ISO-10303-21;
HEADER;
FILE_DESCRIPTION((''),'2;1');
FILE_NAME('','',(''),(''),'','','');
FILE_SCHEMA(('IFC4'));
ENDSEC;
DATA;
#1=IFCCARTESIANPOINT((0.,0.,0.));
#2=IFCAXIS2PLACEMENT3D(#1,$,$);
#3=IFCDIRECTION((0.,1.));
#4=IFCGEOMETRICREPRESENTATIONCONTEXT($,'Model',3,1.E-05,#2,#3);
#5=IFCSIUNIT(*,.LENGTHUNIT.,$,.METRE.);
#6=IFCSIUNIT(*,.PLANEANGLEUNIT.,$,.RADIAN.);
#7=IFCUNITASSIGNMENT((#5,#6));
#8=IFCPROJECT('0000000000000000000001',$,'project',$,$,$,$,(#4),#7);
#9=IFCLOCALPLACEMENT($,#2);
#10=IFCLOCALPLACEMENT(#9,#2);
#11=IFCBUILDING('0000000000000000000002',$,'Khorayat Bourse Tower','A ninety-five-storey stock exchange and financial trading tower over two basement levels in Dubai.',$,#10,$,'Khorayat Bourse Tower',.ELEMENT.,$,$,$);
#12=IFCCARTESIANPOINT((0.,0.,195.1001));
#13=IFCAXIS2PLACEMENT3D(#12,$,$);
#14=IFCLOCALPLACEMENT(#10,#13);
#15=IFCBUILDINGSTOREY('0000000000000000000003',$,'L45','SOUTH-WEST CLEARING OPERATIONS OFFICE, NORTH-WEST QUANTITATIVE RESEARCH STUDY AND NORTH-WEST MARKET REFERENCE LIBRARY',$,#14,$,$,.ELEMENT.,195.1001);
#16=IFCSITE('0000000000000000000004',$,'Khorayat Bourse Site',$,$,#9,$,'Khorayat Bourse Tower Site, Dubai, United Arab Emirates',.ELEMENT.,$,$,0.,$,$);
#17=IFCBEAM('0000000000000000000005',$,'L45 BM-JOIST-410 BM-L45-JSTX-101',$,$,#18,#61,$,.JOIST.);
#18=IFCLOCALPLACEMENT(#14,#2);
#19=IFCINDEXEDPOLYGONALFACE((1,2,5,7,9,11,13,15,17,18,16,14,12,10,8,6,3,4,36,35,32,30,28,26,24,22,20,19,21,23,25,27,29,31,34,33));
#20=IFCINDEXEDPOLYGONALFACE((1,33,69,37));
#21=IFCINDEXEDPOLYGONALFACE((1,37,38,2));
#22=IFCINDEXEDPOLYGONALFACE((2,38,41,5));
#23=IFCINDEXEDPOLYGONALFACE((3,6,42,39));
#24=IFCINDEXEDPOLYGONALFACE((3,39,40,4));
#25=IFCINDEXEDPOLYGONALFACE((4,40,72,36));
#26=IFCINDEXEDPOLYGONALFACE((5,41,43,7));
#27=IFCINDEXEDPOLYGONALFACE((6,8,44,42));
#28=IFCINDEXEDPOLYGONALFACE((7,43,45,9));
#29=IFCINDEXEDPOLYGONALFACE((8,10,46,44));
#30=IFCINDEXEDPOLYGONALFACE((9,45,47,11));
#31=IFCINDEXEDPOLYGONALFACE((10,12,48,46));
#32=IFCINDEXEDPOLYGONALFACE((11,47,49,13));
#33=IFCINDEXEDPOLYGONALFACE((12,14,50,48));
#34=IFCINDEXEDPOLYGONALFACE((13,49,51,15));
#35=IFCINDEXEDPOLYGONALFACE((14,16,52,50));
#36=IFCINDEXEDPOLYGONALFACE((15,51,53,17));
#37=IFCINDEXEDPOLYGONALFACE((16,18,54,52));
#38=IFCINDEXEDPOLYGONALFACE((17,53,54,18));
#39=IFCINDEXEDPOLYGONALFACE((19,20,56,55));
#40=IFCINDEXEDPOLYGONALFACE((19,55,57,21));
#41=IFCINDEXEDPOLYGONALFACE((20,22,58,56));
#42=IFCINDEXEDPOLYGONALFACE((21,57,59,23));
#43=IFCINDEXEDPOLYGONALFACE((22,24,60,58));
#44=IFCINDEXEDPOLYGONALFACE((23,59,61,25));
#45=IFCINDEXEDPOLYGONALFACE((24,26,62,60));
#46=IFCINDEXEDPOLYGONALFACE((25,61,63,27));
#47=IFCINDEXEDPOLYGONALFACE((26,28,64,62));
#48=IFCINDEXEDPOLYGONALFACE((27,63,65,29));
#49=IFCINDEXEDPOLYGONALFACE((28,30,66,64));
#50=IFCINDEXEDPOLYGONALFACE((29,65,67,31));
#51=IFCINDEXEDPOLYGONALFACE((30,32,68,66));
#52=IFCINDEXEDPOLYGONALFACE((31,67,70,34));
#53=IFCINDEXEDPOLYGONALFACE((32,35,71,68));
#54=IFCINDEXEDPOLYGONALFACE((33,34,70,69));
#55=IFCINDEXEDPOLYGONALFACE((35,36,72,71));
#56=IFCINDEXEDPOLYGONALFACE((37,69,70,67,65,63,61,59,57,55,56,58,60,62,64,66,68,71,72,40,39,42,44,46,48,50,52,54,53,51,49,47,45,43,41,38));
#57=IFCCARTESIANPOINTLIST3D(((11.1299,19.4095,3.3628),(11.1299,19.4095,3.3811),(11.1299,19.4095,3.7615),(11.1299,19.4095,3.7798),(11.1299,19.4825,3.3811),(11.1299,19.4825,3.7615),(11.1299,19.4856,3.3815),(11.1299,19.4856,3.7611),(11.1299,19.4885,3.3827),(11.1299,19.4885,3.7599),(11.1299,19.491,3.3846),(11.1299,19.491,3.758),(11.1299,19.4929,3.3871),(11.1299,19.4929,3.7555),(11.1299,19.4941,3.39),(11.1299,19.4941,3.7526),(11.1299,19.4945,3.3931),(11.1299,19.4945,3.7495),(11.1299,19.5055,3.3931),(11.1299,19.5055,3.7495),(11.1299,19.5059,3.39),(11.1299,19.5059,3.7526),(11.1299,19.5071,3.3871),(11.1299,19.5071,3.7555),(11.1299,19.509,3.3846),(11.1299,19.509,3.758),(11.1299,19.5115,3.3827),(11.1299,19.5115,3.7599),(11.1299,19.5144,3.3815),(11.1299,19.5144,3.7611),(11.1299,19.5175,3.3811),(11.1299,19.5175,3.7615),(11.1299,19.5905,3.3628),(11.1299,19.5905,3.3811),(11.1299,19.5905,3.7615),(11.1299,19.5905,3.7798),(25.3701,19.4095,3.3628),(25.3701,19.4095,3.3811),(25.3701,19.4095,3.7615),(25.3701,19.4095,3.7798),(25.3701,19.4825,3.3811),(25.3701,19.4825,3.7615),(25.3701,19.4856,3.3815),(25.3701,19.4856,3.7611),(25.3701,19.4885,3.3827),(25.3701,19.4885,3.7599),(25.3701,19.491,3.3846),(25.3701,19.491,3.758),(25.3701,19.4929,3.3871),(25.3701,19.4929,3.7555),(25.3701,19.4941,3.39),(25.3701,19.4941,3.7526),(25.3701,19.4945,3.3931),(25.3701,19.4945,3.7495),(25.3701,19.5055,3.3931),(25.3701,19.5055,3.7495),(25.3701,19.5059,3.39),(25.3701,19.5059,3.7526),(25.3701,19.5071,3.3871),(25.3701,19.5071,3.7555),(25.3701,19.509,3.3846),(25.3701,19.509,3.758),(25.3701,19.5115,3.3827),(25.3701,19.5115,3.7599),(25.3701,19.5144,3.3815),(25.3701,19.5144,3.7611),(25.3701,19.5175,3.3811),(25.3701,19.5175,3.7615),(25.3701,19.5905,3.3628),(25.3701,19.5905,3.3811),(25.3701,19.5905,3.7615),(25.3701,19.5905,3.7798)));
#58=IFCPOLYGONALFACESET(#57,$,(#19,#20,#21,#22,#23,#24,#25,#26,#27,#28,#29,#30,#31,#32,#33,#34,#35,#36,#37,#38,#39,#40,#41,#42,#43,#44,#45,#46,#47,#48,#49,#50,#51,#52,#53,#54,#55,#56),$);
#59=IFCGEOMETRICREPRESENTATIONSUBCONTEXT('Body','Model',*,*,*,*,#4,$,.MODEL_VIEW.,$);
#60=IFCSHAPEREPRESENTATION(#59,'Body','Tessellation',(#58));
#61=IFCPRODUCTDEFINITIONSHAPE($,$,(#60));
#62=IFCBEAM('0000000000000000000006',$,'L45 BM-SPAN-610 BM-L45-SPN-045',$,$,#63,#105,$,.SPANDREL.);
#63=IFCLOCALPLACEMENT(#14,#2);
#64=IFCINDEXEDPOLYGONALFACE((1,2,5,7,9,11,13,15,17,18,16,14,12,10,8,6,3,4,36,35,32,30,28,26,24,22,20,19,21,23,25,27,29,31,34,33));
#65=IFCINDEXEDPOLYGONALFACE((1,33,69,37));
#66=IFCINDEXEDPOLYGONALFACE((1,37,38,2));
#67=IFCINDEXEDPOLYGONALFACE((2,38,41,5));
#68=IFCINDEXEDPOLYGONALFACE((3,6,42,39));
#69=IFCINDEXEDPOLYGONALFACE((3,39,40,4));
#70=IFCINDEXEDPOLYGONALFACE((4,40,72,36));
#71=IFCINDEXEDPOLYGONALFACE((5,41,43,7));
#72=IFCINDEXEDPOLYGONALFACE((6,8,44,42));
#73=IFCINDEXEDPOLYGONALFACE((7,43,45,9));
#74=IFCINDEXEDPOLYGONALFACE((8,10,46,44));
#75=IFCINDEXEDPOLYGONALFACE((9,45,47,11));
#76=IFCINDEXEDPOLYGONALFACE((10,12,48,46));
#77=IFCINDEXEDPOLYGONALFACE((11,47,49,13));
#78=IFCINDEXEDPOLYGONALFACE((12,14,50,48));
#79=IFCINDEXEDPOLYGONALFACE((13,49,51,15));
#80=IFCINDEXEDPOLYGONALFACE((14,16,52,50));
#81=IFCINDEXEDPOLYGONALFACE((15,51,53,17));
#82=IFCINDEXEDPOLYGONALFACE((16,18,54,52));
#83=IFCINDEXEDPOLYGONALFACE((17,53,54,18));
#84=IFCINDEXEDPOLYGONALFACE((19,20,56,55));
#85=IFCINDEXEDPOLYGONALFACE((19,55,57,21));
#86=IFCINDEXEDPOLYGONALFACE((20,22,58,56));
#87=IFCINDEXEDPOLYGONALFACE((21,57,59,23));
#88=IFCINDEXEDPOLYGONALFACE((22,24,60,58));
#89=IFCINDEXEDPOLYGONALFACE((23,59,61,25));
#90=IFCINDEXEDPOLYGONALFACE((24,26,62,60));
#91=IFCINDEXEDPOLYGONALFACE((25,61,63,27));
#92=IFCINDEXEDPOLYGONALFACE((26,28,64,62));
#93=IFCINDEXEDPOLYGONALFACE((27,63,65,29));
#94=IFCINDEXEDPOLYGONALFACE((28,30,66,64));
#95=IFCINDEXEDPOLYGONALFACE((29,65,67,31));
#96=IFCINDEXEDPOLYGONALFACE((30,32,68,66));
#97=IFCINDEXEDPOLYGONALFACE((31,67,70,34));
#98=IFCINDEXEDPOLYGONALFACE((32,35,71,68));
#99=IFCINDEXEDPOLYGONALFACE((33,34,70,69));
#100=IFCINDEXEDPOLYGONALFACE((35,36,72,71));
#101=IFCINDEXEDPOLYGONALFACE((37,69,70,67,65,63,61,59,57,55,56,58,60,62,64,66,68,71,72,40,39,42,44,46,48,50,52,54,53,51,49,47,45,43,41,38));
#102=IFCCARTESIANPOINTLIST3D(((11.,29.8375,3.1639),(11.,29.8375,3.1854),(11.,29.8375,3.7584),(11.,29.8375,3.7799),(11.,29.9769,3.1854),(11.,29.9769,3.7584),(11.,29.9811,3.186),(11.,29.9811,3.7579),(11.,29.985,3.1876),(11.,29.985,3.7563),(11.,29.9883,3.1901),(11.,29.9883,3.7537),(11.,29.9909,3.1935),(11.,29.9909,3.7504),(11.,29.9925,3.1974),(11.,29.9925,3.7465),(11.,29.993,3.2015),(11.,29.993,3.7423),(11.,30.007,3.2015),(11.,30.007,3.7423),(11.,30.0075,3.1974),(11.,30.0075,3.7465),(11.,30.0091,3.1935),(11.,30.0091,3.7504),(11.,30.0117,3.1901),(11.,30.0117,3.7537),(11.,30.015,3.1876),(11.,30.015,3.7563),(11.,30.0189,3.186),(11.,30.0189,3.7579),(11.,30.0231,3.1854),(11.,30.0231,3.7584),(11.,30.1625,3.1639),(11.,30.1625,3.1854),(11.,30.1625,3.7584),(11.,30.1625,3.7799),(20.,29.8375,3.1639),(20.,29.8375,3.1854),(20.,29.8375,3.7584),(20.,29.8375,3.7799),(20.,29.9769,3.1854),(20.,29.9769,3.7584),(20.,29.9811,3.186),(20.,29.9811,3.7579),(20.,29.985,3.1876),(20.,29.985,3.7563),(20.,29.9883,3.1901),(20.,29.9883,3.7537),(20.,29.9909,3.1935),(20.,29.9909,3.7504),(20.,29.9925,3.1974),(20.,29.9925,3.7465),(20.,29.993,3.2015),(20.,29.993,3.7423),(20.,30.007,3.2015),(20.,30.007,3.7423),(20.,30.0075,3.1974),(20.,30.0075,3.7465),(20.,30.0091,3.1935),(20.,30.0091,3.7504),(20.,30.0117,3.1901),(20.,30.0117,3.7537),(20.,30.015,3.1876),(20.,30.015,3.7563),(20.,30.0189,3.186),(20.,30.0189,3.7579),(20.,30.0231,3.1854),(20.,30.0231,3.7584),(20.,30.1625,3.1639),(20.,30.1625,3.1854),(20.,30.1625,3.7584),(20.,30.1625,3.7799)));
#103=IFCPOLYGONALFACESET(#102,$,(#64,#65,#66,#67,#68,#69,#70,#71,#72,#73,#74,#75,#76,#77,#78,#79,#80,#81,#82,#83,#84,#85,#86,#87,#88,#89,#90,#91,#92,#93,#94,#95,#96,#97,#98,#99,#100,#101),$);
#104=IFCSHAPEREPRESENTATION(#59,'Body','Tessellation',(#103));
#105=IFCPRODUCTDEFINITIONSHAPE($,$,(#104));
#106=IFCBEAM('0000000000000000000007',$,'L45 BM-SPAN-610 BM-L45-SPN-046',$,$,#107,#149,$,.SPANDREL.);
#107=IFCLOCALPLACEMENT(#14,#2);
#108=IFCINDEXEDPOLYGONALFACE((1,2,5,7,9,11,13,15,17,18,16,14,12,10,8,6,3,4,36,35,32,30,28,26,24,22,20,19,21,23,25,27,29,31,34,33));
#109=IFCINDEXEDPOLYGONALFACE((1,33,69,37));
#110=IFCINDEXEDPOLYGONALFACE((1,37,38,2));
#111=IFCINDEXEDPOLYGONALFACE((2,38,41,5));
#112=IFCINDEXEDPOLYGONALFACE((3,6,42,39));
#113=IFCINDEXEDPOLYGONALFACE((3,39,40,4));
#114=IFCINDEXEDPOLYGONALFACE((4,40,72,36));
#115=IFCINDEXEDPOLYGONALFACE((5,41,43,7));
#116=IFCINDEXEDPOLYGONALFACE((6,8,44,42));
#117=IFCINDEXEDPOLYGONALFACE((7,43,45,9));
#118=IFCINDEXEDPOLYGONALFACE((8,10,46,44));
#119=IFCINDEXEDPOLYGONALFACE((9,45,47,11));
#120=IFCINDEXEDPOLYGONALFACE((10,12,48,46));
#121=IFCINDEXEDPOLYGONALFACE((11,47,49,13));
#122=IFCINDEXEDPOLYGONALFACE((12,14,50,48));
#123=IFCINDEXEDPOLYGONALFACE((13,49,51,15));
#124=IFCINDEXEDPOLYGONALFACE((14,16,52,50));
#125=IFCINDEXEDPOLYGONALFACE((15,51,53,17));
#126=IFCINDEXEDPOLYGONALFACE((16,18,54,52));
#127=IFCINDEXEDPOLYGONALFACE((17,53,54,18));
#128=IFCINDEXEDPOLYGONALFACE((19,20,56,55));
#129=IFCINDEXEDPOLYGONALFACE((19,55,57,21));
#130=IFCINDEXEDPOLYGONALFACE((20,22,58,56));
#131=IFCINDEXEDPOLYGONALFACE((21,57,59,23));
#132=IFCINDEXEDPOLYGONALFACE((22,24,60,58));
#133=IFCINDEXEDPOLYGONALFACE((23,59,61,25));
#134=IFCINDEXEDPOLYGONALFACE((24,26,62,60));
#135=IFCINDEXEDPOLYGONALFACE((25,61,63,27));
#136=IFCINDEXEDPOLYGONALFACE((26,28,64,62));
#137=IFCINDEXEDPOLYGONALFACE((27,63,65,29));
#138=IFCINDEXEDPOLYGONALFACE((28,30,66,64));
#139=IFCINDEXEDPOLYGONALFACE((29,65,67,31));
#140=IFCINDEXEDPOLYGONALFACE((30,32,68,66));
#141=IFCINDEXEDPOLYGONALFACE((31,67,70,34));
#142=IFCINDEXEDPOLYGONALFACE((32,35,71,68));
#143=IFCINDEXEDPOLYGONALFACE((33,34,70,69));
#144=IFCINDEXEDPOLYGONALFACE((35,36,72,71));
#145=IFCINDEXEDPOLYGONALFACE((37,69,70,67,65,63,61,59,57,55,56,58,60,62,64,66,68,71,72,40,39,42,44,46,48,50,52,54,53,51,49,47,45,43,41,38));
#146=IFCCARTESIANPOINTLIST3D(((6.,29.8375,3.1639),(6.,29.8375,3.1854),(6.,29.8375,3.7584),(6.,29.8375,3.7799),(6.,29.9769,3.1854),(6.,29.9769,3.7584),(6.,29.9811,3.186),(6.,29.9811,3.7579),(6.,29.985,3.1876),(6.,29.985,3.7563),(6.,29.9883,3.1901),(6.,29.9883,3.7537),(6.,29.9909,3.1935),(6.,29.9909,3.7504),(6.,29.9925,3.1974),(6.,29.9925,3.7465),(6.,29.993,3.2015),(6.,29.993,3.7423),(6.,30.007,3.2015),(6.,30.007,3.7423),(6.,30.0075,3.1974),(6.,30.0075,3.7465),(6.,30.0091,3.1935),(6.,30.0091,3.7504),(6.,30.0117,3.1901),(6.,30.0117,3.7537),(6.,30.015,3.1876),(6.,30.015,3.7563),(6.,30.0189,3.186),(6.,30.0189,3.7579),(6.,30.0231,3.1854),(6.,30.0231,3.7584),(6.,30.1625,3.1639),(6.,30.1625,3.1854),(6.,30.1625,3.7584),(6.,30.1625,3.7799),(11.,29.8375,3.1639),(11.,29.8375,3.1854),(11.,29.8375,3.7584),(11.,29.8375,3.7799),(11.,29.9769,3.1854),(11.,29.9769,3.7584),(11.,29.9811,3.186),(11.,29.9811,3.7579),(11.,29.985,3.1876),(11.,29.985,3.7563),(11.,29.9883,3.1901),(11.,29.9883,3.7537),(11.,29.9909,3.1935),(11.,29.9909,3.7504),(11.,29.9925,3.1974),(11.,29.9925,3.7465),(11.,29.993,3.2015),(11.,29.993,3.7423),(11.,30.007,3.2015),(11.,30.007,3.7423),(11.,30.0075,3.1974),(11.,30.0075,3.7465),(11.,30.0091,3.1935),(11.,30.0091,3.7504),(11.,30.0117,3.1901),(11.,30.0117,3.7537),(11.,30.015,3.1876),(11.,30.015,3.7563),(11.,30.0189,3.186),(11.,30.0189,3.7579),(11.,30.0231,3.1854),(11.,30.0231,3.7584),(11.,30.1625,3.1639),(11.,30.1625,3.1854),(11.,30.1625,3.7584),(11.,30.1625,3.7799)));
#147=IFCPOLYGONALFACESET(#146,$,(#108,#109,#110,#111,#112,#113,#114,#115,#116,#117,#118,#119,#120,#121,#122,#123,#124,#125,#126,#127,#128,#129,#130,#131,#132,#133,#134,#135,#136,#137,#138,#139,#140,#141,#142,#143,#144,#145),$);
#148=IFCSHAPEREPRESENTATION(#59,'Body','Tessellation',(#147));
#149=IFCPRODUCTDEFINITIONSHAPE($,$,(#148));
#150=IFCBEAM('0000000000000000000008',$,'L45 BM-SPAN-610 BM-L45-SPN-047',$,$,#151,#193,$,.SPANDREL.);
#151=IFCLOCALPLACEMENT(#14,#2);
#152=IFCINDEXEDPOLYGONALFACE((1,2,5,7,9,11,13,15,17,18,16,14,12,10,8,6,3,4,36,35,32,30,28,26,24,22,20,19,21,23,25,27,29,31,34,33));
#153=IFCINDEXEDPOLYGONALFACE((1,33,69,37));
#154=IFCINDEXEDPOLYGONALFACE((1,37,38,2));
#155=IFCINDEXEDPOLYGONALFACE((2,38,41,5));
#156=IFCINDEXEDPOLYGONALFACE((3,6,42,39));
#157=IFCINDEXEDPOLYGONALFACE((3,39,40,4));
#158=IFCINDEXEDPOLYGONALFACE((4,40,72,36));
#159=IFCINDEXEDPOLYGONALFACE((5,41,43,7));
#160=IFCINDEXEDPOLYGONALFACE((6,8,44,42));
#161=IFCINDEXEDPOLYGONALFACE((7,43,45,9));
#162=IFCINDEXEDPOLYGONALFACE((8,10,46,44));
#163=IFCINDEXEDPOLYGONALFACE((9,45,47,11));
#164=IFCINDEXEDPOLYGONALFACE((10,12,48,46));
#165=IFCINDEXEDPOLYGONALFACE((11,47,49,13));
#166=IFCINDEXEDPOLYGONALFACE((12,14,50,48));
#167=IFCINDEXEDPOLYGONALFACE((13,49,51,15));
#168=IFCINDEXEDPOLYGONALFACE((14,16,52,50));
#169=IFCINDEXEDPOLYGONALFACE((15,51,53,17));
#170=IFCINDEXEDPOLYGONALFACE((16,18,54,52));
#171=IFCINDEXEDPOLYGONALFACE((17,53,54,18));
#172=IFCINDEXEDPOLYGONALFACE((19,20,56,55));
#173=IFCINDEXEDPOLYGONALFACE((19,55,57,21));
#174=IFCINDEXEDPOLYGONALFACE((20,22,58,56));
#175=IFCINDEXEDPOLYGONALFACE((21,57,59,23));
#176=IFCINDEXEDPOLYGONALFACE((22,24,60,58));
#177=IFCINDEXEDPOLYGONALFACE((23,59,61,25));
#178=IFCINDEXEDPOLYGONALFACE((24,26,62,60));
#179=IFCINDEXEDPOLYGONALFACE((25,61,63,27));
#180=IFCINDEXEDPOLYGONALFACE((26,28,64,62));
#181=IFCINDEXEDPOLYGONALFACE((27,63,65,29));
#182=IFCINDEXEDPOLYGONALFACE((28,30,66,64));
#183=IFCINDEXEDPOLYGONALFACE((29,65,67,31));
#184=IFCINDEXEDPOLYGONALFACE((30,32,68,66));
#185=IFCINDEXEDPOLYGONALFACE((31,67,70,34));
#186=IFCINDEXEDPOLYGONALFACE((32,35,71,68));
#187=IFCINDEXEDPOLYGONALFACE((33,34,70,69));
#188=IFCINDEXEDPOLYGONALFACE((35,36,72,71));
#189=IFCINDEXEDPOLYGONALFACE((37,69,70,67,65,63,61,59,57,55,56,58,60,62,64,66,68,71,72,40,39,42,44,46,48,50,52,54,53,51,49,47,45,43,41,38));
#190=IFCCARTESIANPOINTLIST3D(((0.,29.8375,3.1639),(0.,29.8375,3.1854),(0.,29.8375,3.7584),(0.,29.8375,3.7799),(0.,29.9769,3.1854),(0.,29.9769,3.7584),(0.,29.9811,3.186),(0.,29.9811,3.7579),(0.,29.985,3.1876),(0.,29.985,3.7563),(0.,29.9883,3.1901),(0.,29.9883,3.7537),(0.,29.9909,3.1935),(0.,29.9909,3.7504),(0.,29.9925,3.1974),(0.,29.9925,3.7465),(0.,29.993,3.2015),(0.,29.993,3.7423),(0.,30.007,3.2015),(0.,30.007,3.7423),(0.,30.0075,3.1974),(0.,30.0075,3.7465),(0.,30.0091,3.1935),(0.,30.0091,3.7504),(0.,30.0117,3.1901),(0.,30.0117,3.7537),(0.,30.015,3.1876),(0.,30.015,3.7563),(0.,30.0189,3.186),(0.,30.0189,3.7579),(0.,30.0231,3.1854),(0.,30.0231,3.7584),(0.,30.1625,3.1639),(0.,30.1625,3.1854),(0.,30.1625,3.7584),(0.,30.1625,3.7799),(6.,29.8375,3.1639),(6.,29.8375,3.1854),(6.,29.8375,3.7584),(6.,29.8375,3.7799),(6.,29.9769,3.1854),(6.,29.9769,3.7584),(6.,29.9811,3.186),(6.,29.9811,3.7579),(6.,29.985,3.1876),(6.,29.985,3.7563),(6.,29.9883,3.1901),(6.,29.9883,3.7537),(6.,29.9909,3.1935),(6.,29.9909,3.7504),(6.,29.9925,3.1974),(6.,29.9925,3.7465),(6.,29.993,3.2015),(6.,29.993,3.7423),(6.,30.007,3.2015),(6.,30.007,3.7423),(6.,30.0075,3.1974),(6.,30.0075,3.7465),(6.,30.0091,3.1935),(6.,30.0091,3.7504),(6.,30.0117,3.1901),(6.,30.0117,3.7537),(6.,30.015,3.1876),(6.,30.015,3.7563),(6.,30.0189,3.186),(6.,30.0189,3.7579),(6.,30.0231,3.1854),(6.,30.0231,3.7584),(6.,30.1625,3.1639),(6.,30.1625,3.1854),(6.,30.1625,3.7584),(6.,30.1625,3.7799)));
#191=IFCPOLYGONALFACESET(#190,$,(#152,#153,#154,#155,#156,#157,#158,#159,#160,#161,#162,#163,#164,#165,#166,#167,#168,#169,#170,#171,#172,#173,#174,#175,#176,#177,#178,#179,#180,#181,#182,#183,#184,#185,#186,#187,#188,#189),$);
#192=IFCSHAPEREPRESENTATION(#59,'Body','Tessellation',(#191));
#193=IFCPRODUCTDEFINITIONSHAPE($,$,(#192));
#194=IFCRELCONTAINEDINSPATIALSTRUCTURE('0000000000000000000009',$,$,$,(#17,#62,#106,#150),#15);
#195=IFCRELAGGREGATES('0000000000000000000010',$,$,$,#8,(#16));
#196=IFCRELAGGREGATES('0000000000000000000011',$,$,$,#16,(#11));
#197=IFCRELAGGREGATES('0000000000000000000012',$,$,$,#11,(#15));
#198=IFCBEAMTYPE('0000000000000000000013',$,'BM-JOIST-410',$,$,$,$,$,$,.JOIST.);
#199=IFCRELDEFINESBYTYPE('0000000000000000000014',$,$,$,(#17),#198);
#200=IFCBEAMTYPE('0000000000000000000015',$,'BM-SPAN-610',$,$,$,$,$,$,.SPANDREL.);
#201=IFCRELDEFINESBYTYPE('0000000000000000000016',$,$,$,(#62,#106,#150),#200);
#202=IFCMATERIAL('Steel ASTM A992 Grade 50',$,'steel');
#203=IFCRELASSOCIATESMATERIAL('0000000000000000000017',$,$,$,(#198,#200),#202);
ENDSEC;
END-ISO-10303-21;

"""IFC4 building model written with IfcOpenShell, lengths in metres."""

from ifc_helpers import new_model, si_unit, direction, frame, origin, origin_2d, place, context, subcontext, project, spatial, i_section, extrude, source, transform, mapped, material, material_profile, profile_set, type_object, element, save


model = new_model("IFC4")

# Units and contexts
model_context = context("Model", 3, precision=1e-05, world=origin(), true_north=direction((0.0, 1.0)))
body_context = subcontext(model_context, "Body", "Model", "MODEL_VIEW")
ifc_project = project(units=[si_unit("LENGTHUNIT", "METRE"), si_unit("PLANEANGLEUNIT", "RADIAN")], contexts=[model_context])

# Site, building, storey
site_placement = place(None, origin())
site = spatial("IfcSite", under=ifc_project, at=site_placement, Name="Khorayat Bourse Site", LongName="Khorayat Bourse Tower Site, Dubai, United Arab Emirates", CompositionType="ELEMENT", RefElevation=0.0)
building_placement = place(site_placement, origin())
building = spatial("IfcBuilding", under=site, at=building_placement, Name="Khorayat Bourse Tower", Description="A ninety-five-storey stock exchange and financial trading tower over two basement levels in Dubai.", LongName="Khorayat Bourse Tower", CompositionType="ELEMENT")
storey_placement = place(building_placement, frame((0.0, 0.0, 195.1001)))
storey = spatial("IfcBuildingStorey", under=building, at=storey_placement, Name="L45", Description="SOUTH-WEST CLEARING OPERATIONS OFFICE, NORTH-WEST QUANTITATIVE RESEARCH STUDY AND NORTH-WEST MARKET REFERENCE LIBRARY", CompositionType="ELEMENT", Elevation=195.1001)

# Beams
ifc_material_1 = material(Name="Steel ASTM A992 Grade 50", Category="steel")
ifc_material_profile_1 = material_profile(ifc_material_1, i_section(OverallWidth=0.1809, OverallDepth=0.417, WebThickness=0.011, FlangeThickness=0.0183, FilletRadius=0.012, at=origin_2d()), Name="W410X85")
ifc_profile_set_1 = profile_set([ifc_material_profile_1], Name="Steel ASTM A992 Grade 50")
beam_type_1 = type_object("IfcBeamType", Name="BM-JOIST-410", PredefinedType="JOIST", material=ifc_profile_set_1)
shared_shape_1 = source(origin(), body_context, "Body", "SweptSolid", [
    extrude(i_section(OverallWidth=0.1809, OverallDepth=0.417, WebThickness=0.011, FlangeThickness=0.0183, FilletRadius=0.012, at=origin_2d()), origin(), (0.0, 0.0, 1.0), 14.2402),
])
beam_1_placement = place(storey_placement, frame((11.1299, 19.5, 3.5713), z_axis=(1.0, 0.0, 0.0), x_axis=(0.0, 1.0, 0.0)))
element("IfcBeam", 1, at=beam_1_placement, inside=storey, type_object=beam_type_1, Name="L45 BM-JOIST-410 BM-L45-JSTX-101", PredefinedType="JOIST", context=body_context, shape_type="MappedRepresentation", body=[
    mapped(shared_shape_1, transform((0.0, 0.0, 0.0), scale=1.0)),
])
ifc_material_profile_2 = material_profile(ifc_material_1, i_section(OverallWidth=0.325, OverallDepth=0.616, WebThickness=0.0139, FlangeThickness=0.0215, FilletRadius=0.0161, at=origin_2d()), Name="W610X174")
ifc_profile_set_2 = profile_set([ifc_material_profile_2], Name="Steel ASTM A992 Grade 50")
beam_type_2 = type_object("IfcBeamType", Name="BM-SPAN-610", PredefinedType="SPANDREL", material=ifc_profile_set_2)
shared_shape_2 = source(origin(), body_context, "Body", "SweptSolid", [
    extrude(i_section(OverallWidth=0.325, OverallDepth=0.616, WebThickness=0.0139, FlangeThickness=0.0215, FilletRadius=0.0161, at=origin_2d()), origin(), (0.0, 0.0, 1.0), 9.0),
])
beam_2_placement = place(storey_placement, frame((11.0, 30.0, 3.4719), z_axis=(1.0, 0.0, 0.0), x_axis=(0.0, 1.0, 0.0)))
element("IfcBeam", 2, at=beam_2_placement, inside=storey, type_object=beam_type_2, Name="L45 BM-SPAN-610 BM-L45-SPN-045", PredefinedType="SPANDREL", context=body_context, shape_type="MappedRepresentation", body=[
    mapped(shared_shape_2, transform((0.0, 0.0, 0.0), scale=1.0)),
])
shared_shape_3 = source(origin(), body_context, "Body", "SweptSolid", [
    extrude(i_section(OverallWidth=0.325, OverallDepth=0.616, WebThickness=0.0139, FlangeThickness=0.0215, FilletRadius=0.0161, at=origin_2d()), origin(), (0.0, 0.0, 1.0), 5.0),
])
beam_3_placement = place(storey_placement, frame((6.0, 30.0, 3.4719), z_axis=(1.0, 0.0, 0.0), x_axis=(0.0, 1.0, 0.0)))
element("IfcBeam", 3, at=beam_3_placement, inside=storey, type_object=beam_type_2, Name="L45 BM-SPAN-610 BM-L45-SPN-046", PredefinedType="SPANDREL", context=body_context, shape_type="MappedRepresentation", body=[
    mapped(shared_shape_3, transform((0.0, 0.0, 0.0), scale=1.0)),
])
shared_shape_4 = source(origin(), body_context, "Body", "SweptSolid", [
    extrude(i_section(OverallWidth=0.325, OverallDepth=0.616, WebThickness=0.0139, FlangeThickness=0.0215, FilletRadius=0.0161, at=origin_2d()), origin(), (0.0, 0.0, 1.0), 6.0),
])
beam_4_placement = place(storey_placement, frame((0.0, 30.0, 3.4719), z_axis=(1.0, 0.0, 0.0), x_axis=(0.0, 1.0, 0.0)))
element("IfcBeam", 4, at=beam_4_placement, inside=storey, type_object=beam_type_2, Name="L45 BM-SPAN-610 BM-L45-SPN-047", PredefinedType="SPANDREL", context=body_context, shape_type="MappedRepresentation", body=[
    mapped(shared_shape_4, transform((0.0, 0.0, 0.0), scale=1.0)),
])

save(model, "model.ifc")
